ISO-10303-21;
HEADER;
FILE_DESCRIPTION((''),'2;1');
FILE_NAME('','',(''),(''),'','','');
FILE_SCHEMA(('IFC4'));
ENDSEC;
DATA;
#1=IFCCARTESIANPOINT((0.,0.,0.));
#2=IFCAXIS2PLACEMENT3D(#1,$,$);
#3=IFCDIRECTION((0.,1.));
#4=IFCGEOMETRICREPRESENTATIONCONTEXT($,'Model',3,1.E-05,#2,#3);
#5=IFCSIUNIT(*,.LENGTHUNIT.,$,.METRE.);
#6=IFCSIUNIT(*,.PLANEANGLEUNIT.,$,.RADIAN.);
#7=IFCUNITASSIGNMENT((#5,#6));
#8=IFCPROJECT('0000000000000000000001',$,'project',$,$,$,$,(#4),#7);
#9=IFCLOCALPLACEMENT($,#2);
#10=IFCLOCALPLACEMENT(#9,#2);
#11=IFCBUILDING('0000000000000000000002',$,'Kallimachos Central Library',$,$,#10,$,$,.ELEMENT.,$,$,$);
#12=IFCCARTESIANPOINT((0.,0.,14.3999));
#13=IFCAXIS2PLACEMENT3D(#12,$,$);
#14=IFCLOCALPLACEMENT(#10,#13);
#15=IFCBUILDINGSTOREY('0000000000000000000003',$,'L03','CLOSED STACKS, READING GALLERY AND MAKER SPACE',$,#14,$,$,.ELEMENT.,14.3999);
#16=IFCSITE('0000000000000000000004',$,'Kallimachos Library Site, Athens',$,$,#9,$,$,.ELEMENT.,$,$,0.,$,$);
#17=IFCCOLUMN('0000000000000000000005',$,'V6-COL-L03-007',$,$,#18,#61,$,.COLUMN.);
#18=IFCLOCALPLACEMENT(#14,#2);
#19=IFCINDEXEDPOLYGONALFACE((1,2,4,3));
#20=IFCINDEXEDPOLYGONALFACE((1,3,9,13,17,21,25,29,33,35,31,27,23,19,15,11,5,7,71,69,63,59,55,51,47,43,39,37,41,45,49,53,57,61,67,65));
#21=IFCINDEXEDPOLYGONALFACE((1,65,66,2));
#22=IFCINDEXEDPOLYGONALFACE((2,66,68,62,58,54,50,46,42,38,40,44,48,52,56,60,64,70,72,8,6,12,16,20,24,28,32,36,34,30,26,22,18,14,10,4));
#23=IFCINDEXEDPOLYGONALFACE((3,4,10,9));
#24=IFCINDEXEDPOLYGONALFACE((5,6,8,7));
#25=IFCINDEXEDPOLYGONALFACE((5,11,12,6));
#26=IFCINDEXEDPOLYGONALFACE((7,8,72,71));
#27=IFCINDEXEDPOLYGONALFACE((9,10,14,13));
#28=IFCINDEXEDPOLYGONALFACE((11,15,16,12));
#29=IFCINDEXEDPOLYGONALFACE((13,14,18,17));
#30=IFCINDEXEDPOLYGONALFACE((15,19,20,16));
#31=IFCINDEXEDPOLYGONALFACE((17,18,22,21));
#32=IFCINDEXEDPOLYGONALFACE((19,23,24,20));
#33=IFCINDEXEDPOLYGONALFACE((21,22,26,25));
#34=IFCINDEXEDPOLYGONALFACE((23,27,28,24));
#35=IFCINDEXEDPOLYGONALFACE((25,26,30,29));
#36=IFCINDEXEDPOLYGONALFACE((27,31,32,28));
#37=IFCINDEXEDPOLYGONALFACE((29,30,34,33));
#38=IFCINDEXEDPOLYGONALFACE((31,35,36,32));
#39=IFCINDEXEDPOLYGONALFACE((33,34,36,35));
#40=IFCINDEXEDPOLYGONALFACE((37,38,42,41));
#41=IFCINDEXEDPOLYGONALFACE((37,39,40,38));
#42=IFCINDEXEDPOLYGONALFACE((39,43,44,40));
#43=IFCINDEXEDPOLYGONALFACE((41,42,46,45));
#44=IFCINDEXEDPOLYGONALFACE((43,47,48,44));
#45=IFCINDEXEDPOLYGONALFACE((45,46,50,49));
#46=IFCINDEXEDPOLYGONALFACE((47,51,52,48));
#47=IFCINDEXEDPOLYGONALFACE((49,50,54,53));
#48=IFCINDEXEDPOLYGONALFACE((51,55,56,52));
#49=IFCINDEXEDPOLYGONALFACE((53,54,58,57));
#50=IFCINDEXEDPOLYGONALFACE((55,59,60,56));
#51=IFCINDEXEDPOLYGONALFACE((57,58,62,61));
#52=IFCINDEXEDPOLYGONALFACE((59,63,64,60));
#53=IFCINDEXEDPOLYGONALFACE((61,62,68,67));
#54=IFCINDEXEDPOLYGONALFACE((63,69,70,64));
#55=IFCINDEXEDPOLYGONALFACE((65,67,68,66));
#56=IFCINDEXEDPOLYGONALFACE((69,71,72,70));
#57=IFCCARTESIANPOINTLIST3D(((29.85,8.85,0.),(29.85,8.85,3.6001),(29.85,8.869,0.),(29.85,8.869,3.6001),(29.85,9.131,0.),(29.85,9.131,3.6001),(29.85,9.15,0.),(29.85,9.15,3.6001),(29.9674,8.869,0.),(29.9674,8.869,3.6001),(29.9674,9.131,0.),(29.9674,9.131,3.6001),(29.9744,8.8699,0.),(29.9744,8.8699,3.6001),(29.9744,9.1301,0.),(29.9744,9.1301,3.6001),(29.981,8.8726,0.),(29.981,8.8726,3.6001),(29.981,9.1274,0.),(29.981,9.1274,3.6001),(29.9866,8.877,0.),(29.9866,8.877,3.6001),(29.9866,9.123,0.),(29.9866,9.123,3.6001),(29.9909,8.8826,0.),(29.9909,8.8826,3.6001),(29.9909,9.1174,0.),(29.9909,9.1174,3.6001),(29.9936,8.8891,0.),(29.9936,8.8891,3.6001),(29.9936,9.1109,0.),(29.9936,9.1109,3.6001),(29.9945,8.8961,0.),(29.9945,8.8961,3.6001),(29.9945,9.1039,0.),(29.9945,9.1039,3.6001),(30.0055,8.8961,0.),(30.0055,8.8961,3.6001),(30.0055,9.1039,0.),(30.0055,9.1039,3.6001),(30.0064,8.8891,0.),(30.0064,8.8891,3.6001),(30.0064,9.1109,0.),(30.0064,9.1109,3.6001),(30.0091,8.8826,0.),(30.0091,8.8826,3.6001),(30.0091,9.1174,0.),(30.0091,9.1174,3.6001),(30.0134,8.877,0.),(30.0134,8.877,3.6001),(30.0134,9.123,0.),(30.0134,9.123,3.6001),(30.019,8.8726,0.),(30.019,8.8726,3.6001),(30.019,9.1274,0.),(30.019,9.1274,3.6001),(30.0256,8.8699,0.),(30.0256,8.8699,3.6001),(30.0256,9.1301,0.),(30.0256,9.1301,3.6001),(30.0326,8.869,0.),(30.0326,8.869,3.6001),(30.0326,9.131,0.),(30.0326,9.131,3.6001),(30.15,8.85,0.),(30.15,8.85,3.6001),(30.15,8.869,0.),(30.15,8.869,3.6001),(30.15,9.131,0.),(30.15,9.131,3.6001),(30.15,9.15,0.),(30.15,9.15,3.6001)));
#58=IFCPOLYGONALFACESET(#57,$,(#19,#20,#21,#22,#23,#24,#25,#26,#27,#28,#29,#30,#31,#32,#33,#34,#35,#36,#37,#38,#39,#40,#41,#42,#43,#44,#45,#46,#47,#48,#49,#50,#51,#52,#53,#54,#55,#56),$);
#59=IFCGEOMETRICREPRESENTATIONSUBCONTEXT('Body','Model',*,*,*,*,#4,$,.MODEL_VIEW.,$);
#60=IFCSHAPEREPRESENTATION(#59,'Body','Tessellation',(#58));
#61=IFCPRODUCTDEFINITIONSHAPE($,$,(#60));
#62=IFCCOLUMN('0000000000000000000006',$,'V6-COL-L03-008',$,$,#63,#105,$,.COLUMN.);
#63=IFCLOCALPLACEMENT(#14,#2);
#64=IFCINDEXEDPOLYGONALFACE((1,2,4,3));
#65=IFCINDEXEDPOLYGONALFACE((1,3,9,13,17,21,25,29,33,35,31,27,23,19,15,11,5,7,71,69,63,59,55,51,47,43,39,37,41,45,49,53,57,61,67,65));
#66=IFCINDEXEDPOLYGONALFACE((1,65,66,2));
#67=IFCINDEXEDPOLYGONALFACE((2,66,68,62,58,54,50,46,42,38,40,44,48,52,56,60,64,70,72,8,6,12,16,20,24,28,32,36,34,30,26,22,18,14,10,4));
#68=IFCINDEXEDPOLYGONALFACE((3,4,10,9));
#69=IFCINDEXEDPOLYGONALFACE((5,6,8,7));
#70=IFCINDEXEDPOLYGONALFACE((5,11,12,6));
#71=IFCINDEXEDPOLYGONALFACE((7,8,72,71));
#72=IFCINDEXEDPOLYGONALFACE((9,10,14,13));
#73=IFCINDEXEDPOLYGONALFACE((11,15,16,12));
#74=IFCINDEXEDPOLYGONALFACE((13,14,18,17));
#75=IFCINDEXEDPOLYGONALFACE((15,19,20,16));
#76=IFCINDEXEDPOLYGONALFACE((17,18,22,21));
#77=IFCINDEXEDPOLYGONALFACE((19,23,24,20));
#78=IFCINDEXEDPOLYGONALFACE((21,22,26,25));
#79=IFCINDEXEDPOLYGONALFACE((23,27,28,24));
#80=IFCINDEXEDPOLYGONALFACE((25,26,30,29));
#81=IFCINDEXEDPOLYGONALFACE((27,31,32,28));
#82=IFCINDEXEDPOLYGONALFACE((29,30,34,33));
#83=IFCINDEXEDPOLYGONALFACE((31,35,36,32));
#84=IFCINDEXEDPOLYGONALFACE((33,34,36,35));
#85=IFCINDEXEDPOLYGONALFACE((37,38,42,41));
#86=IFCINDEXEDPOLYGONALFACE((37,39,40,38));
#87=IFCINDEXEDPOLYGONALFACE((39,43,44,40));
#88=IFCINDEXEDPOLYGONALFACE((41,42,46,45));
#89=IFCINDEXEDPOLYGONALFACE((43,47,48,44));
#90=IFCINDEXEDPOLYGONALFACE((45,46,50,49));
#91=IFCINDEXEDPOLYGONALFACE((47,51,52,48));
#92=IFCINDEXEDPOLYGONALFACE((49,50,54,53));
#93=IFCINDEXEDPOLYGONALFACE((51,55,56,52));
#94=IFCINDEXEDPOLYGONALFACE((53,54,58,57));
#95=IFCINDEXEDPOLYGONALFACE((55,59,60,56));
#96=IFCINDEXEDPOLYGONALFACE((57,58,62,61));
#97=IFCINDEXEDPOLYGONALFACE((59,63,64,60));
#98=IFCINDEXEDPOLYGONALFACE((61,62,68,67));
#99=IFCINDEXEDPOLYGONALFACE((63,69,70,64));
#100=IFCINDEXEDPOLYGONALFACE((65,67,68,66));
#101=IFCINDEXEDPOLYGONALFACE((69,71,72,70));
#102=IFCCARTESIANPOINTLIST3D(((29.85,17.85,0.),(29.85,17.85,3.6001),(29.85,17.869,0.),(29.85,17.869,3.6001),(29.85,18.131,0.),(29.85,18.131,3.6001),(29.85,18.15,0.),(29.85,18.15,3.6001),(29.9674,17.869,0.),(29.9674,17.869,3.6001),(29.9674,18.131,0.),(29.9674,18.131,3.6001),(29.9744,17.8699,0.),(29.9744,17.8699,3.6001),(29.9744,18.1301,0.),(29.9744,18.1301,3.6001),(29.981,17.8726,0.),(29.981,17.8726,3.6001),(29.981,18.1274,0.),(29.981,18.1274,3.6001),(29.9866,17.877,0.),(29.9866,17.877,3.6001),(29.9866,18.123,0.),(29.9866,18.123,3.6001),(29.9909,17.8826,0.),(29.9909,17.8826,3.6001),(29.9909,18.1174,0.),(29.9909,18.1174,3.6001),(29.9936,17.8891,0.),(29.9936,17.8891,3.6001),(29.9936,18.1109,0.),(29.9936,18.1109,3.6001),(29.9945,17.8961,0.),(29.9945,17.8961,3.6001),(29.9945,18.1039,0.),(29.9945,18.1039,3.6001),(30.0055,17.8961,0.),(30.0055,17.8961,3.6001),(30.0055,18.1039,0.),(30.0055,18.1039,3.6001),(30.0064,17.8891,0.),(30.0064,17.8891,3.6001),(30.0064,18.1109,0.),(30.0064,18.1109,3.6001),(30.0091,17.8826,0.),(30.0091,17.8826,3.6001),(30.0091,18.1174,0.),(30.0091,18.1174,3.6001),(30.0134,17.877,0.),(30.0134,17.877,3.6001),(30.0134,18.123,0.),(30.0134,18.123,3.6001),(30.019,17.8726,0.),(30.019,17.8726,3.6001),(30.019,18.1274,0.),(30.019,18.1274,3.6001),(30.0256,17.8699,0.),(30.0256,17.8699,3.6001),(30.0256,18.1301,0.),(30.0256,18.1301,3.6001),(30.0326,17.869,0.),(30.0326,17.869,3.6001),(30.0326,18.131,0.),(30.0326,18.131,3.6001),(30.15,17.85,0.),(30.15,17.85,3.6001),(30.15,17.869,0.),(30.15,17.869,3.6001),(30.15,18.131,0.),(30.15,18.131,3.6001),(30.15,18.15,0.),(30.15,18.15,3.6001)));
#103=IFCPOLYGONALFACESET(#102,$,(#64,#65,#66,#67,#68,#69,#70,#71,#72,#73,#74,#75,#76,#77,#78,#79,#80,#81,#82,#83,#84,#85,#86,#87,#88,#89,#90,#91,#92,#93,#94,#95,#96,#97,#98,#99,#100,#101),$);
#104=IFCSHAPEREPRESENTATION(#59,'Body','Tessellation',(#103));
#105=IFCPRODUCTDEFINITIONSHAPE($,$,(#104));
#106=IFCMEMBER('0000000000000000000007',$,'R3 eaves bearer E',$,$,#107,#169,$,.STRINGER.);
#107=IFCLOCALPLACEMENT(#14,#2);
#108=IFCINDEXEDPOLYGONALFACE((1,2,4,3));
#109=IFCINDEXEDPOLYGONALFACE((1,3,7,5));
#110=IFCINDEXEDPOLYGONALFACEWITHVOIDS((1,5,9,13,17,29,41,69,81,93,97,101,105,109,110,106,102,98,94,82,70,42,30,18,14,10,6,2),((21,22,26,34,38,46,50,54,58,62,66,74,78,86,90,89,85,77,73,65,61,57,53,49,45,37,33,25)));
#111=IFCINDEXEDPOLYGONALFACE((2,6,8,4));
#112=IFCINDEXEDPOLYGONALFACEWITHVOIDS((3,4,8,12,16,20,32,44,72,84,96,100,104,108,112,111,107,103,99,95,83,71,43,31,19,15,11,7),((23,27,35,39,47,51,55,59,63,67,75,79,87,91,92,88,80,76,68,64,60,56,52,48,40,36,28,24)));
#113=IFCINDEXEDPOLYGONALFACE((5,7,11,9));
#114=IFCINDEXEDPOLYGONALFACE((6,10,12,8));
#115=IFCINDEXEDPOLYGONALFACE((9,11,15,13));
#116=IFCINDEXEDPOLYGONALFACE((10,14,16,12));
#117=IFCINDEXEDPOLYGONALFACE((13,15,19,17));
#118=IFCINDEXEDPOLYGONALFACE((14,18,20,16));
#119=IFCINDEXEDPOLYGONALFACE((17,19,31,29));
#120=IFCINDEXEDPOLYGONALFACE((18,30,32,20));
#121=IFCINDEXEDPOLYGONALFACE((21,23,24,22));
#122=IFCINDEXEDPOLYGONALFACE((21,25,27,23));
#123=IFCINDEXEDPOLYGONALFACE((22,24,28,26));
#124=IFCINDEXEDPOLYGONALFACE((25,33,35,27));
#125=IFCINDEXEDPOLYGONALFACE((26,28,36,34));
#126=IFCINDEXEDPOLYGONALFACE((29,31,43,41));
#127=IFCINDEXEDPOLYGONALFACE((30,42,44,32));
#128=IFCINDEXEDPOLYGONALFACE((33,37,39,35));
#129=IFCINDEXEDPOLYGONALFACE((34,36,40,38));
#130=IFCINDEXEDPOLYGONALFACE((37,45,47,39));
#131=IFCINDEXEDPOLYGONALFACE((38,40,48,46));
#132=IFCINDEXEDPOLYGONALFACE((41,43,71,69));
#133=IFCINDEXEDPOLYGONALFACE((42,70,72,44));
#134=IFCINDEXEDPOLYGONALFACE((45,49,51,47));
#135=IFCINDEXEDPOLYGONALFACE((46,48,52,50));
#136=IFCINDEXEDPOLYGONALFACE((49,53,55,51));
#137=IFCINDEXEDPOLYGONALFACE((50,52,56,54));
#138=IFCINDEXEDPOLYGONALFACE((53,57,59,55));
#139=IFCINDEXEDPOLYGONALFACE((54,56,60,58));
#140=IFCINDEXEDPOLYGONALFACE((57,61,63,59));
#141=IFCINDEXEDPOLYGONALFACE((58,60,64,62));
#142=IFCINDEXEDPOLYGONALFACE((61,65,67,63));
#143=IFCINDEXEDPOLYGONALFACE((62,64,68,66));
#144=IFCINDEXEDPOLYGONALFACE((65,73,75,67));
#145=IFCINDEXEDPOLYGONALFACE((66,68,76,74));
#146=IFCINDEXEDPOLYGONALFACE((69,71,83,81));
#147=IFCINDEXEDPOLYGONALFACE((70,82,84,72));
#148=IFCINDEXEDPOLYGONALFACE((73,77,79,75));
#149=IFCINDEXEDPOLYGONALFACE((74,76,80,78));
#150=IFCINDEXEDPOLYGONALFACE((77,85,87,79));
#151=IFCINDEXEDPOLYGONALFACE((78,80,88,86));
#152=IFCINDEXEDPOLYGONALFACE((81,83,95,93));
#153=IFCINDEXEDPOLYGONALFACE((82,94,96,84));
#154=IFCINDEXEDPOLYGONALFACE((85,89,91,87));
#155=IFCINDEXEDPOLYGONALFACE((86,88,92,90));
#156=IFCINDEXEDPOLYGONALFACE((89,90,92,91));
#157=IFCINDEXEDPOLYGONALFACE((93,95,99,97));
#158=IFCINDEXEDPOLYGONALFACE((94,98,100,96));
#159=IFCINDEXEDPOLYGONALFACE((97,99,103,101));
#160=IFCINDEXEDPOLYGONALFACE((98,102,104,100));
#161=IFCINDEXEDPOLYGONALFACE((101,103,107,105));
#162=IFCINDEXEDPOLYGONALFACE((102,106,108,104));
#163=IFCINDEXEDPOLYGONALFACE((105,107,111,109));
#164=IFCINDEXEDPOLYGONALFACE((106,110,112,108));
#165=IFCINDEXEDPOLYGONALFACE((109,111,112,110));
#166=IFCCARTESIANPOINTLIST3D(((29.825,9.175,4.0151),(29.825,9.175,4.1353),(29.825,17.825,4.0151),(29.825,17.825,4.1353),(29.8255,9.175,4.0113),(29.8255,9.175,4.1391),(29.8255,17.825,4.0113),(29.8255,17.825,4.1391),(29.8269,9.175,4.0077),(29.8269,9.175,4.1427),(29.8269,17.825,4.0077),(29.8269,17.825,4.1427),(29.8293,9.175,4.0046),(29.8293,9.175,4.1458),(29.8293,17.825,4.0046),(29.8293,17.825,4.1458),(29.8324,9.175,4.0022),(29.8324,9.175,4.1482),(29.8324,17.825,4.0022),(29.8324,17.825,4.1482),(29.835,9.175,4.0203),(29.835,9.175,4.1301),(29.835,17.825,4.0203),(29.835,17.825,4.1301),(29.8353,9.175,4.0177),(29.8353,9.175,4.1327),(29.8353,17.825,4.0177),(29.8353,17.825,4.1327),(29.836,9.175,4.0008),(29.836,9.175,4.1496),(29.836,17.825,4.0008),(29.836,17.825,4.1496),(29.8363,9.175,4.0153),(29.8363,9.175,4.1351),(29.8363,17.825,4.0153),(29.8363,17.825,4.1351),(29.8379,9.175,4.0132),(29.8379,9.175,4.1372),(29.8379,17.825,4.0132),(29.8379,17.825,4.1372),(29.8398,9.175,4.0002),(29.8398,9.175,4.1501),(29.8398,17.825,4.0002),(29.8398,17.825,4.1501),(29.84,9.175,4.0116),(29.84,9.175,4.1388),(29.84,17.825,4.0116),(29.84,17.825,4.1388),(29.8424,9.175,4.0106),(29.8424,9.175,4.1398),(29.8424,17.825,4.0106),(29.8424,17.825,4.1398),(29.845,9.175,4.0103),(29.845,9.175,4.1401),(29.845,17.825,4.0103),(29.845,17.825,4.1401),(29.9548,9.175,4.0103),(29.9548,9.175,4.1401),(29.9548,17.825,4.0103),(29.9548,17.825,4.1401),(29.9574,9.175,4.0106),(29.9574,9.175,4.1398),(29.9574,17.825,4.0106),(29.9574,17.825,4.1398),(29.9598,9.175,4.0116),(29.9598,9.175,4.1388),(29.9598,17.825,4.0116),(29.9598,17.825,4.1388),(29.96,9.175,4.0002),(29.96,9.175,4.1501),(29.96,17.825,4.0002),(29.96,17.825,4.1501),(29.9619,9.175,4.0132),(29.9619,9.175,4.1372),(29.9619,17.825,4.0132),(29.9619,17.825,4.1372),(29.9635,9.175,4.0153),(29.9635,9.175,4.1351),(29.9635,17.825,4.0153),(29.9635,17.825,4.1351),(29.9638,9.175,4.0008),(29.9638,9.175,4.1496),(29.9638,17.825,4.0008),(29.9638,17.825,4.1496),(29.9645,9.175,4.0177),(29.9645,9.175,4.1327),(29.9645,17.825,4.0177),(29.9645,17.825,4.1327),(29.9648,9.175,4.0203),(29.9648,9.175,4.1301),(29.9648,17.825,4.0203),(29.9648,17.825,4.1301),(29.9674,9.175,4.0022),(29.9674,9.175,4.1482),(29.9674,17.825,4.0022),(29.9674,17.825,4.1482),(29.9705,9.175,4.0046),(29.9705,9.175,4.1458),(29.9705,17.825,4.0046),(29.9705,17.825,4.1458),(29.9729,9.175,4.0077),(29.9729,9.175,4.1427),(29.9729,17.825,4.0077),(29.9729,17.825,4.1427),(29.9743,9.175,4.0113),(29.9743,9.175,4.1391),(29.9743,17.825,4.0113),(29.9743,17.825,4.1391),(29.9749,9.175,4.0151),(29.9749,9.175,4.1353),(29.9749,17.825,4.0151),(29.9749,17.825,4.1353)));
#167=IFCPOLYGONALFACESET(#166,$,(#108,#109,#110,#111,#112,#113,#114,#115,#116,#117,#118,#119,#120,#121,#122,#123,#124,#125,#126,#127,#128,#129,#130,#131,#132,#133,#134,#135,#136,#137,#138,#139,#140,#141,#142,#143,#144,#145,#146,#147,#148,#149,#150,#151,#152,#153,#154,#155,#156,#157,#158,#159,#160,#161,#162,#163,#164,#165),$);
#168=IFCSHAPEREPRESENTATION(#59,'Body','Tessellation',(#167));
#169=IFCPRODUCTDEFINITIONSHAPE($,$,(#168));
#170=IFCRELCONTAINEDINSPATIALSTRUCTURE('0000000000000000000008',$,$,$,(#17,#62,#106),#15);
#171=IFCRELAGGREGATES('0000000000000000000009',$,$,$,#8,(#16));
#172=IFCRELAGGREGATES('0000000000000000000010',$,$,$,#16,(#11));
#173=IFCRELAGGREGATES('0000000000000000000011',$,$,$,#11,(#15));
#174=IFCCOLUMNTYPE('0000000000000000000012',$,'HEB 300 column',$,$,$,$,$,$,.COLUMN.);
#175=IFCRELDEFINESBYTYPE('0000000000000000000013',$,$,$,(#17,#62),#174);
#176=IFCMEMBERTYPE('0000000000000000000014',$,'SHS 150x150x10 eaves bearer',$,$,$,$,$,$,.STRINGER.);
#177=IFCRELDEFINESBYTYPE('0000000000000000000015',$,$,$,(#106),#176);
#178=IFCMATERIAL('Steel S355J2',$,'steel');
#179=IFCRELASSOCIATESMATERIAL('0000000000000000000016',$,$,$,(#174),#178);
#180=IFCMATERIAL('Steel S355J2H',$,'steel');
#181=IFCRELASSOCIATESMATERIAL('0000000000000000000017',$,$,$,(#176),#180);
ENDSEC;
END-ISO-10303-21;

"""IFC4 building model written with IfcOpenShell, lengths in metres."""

from ifc_helpers import new_model, si_unit, direction, frame, origin, origin_2d, place, context, subcontext, project, spatial, hollow_rectangle, i_section, extrude, material, material_profile, profile_set, type_object, element, save


model = new_model("IFC4")

# Units and contexts
model_context = context("Model", 3, precision=1e-05, world=origin(), true_north=direction((0.0, 1.0)))
body_context = subcontext(model_context, "Body", "Model", "MODEL_VIEW")
ifc_project = project(units=[si_unit("LENGTHUNIT", "METRE"), si_unit("PLANEANGLEUNIT", "RADIAN")], contexts=[model_context])

# Site, building, storey
site_placement = place(None, origin())
site = spatial("IfcSite", under=ifc_project, at=site_placement, Name="Kallimachos Library Site, Athens", CompositionType="ELEMENT", RefElevation=0.0)
building_placement = place(site_placement, origin())
building = spatial("IfcBuilding", under=site, at=building_placement, Name="Kallimachos Central Library", CompositionType="ELEMENT")
storey_placement = place(building_placement, frame((0.0, 0.0, 14.3999)))
storey = spatial("IfcBuildingStorey", under=building, at=storey_placement, Name="L03", Description="CLOSED STACKS, READING GALLERY AND MAKER SPACE", CompositionType="ELEMENT", Elevation=14.3999)

# Columns
ifc_material_1 = material(Name="Steel S355J2", Category="steel")
ifc_material_profile_1 = material_profile(ifc_material_1, i_section(OverallWidth=0.3, OverallDepth=0.3, WebThickness=0.011, FlangeThickness=0.019, FilletRadius=0.0271, at=origin_2d()), Name="HEB 300")
ifc_profile_set_1 = profile_set([ifc_material_profile_1], Name="Steel S355J2")
column_type = type_object("IfcColumnType", Name="HEB 300 column", PredefinedType="COLUMN", material=ifc_profile_set_1)
for number, where, z_axis, x_axis, name in (
    (1, (30.0, 9.0, 0.0), (0.0, 0.0, 1.0), (1.0, 0.0, 0.0), "V6-COL-L03-007"),
    (2, (30.0, 18.0, 0.0), (0.0, 0.0, 1.0), (1.0, 0.0, 0.0), "V6-COL-L03-008"),
):
    element("IfcColumn", number, at=place(storey_placement, frame(where, z_axis=z_axis, x_axis=x_axis)), inside=storey, type_object=column_type, Name=name, PredefinedType="COLUMN", context=body_context, shape_type="SweptSolid", body=[
        extrude(i_section(OverallWidth=0.3, OverallDepth=0.3, WebThickness=0.011, FlangeThickness=0.019, FilletRadius=0.0271, at=origin_2d()), origin(), (0.0, 0.0, 1.0), 3.6001),
    ])

# Member
ifc_material_2 = material(Name="Steel S355J2H", Category="steel")
ifc_material_profile_2 = material_profile(ifc_material_2, hollow_rectangle(XDim=0.1499, YDim=0.1499, WallThickness=0.01, InnerFilletRadius=0.01, OuterFilletRadius=0.0149, at=origin_2d()), Name="SHS 150x150x10")
ifc_profile_set_2 = profile_set([ifc_material_profile_2], Name="Steel S355J2H")
member_type_1 = type_object("IfcMemberType", Name="SHS 150x150x10 eaves bearer", PredefinedType="STRINGER", material=ifc_profile_set_2)
member_1_placement = place(storey_placement, frame((29.8999, 9.175, 4.0752), z_axis=(0.0, 1.0, 0.0), x_axis=(-1.0, 0.0, 0.0)))
element("IfcMember", 3, at=member_1_placement, inside=storey, type_object=member_type_1, Name="R3 eaves bearer E", PredefinedType="STRINGER", context=body_context, shape_type="SweptSolid", body=[
    extrude(hollow_rectangle(XDim=0.1499, YDim=0.1499, WallThickness=0.01, InnerFilletRadius=0.01, OuterFilletRadius=0.0149, at=origin_2d()), origin(), (0.0, 0.0, 1.0), 8.6499),
])

save(model, "model.ifc")
